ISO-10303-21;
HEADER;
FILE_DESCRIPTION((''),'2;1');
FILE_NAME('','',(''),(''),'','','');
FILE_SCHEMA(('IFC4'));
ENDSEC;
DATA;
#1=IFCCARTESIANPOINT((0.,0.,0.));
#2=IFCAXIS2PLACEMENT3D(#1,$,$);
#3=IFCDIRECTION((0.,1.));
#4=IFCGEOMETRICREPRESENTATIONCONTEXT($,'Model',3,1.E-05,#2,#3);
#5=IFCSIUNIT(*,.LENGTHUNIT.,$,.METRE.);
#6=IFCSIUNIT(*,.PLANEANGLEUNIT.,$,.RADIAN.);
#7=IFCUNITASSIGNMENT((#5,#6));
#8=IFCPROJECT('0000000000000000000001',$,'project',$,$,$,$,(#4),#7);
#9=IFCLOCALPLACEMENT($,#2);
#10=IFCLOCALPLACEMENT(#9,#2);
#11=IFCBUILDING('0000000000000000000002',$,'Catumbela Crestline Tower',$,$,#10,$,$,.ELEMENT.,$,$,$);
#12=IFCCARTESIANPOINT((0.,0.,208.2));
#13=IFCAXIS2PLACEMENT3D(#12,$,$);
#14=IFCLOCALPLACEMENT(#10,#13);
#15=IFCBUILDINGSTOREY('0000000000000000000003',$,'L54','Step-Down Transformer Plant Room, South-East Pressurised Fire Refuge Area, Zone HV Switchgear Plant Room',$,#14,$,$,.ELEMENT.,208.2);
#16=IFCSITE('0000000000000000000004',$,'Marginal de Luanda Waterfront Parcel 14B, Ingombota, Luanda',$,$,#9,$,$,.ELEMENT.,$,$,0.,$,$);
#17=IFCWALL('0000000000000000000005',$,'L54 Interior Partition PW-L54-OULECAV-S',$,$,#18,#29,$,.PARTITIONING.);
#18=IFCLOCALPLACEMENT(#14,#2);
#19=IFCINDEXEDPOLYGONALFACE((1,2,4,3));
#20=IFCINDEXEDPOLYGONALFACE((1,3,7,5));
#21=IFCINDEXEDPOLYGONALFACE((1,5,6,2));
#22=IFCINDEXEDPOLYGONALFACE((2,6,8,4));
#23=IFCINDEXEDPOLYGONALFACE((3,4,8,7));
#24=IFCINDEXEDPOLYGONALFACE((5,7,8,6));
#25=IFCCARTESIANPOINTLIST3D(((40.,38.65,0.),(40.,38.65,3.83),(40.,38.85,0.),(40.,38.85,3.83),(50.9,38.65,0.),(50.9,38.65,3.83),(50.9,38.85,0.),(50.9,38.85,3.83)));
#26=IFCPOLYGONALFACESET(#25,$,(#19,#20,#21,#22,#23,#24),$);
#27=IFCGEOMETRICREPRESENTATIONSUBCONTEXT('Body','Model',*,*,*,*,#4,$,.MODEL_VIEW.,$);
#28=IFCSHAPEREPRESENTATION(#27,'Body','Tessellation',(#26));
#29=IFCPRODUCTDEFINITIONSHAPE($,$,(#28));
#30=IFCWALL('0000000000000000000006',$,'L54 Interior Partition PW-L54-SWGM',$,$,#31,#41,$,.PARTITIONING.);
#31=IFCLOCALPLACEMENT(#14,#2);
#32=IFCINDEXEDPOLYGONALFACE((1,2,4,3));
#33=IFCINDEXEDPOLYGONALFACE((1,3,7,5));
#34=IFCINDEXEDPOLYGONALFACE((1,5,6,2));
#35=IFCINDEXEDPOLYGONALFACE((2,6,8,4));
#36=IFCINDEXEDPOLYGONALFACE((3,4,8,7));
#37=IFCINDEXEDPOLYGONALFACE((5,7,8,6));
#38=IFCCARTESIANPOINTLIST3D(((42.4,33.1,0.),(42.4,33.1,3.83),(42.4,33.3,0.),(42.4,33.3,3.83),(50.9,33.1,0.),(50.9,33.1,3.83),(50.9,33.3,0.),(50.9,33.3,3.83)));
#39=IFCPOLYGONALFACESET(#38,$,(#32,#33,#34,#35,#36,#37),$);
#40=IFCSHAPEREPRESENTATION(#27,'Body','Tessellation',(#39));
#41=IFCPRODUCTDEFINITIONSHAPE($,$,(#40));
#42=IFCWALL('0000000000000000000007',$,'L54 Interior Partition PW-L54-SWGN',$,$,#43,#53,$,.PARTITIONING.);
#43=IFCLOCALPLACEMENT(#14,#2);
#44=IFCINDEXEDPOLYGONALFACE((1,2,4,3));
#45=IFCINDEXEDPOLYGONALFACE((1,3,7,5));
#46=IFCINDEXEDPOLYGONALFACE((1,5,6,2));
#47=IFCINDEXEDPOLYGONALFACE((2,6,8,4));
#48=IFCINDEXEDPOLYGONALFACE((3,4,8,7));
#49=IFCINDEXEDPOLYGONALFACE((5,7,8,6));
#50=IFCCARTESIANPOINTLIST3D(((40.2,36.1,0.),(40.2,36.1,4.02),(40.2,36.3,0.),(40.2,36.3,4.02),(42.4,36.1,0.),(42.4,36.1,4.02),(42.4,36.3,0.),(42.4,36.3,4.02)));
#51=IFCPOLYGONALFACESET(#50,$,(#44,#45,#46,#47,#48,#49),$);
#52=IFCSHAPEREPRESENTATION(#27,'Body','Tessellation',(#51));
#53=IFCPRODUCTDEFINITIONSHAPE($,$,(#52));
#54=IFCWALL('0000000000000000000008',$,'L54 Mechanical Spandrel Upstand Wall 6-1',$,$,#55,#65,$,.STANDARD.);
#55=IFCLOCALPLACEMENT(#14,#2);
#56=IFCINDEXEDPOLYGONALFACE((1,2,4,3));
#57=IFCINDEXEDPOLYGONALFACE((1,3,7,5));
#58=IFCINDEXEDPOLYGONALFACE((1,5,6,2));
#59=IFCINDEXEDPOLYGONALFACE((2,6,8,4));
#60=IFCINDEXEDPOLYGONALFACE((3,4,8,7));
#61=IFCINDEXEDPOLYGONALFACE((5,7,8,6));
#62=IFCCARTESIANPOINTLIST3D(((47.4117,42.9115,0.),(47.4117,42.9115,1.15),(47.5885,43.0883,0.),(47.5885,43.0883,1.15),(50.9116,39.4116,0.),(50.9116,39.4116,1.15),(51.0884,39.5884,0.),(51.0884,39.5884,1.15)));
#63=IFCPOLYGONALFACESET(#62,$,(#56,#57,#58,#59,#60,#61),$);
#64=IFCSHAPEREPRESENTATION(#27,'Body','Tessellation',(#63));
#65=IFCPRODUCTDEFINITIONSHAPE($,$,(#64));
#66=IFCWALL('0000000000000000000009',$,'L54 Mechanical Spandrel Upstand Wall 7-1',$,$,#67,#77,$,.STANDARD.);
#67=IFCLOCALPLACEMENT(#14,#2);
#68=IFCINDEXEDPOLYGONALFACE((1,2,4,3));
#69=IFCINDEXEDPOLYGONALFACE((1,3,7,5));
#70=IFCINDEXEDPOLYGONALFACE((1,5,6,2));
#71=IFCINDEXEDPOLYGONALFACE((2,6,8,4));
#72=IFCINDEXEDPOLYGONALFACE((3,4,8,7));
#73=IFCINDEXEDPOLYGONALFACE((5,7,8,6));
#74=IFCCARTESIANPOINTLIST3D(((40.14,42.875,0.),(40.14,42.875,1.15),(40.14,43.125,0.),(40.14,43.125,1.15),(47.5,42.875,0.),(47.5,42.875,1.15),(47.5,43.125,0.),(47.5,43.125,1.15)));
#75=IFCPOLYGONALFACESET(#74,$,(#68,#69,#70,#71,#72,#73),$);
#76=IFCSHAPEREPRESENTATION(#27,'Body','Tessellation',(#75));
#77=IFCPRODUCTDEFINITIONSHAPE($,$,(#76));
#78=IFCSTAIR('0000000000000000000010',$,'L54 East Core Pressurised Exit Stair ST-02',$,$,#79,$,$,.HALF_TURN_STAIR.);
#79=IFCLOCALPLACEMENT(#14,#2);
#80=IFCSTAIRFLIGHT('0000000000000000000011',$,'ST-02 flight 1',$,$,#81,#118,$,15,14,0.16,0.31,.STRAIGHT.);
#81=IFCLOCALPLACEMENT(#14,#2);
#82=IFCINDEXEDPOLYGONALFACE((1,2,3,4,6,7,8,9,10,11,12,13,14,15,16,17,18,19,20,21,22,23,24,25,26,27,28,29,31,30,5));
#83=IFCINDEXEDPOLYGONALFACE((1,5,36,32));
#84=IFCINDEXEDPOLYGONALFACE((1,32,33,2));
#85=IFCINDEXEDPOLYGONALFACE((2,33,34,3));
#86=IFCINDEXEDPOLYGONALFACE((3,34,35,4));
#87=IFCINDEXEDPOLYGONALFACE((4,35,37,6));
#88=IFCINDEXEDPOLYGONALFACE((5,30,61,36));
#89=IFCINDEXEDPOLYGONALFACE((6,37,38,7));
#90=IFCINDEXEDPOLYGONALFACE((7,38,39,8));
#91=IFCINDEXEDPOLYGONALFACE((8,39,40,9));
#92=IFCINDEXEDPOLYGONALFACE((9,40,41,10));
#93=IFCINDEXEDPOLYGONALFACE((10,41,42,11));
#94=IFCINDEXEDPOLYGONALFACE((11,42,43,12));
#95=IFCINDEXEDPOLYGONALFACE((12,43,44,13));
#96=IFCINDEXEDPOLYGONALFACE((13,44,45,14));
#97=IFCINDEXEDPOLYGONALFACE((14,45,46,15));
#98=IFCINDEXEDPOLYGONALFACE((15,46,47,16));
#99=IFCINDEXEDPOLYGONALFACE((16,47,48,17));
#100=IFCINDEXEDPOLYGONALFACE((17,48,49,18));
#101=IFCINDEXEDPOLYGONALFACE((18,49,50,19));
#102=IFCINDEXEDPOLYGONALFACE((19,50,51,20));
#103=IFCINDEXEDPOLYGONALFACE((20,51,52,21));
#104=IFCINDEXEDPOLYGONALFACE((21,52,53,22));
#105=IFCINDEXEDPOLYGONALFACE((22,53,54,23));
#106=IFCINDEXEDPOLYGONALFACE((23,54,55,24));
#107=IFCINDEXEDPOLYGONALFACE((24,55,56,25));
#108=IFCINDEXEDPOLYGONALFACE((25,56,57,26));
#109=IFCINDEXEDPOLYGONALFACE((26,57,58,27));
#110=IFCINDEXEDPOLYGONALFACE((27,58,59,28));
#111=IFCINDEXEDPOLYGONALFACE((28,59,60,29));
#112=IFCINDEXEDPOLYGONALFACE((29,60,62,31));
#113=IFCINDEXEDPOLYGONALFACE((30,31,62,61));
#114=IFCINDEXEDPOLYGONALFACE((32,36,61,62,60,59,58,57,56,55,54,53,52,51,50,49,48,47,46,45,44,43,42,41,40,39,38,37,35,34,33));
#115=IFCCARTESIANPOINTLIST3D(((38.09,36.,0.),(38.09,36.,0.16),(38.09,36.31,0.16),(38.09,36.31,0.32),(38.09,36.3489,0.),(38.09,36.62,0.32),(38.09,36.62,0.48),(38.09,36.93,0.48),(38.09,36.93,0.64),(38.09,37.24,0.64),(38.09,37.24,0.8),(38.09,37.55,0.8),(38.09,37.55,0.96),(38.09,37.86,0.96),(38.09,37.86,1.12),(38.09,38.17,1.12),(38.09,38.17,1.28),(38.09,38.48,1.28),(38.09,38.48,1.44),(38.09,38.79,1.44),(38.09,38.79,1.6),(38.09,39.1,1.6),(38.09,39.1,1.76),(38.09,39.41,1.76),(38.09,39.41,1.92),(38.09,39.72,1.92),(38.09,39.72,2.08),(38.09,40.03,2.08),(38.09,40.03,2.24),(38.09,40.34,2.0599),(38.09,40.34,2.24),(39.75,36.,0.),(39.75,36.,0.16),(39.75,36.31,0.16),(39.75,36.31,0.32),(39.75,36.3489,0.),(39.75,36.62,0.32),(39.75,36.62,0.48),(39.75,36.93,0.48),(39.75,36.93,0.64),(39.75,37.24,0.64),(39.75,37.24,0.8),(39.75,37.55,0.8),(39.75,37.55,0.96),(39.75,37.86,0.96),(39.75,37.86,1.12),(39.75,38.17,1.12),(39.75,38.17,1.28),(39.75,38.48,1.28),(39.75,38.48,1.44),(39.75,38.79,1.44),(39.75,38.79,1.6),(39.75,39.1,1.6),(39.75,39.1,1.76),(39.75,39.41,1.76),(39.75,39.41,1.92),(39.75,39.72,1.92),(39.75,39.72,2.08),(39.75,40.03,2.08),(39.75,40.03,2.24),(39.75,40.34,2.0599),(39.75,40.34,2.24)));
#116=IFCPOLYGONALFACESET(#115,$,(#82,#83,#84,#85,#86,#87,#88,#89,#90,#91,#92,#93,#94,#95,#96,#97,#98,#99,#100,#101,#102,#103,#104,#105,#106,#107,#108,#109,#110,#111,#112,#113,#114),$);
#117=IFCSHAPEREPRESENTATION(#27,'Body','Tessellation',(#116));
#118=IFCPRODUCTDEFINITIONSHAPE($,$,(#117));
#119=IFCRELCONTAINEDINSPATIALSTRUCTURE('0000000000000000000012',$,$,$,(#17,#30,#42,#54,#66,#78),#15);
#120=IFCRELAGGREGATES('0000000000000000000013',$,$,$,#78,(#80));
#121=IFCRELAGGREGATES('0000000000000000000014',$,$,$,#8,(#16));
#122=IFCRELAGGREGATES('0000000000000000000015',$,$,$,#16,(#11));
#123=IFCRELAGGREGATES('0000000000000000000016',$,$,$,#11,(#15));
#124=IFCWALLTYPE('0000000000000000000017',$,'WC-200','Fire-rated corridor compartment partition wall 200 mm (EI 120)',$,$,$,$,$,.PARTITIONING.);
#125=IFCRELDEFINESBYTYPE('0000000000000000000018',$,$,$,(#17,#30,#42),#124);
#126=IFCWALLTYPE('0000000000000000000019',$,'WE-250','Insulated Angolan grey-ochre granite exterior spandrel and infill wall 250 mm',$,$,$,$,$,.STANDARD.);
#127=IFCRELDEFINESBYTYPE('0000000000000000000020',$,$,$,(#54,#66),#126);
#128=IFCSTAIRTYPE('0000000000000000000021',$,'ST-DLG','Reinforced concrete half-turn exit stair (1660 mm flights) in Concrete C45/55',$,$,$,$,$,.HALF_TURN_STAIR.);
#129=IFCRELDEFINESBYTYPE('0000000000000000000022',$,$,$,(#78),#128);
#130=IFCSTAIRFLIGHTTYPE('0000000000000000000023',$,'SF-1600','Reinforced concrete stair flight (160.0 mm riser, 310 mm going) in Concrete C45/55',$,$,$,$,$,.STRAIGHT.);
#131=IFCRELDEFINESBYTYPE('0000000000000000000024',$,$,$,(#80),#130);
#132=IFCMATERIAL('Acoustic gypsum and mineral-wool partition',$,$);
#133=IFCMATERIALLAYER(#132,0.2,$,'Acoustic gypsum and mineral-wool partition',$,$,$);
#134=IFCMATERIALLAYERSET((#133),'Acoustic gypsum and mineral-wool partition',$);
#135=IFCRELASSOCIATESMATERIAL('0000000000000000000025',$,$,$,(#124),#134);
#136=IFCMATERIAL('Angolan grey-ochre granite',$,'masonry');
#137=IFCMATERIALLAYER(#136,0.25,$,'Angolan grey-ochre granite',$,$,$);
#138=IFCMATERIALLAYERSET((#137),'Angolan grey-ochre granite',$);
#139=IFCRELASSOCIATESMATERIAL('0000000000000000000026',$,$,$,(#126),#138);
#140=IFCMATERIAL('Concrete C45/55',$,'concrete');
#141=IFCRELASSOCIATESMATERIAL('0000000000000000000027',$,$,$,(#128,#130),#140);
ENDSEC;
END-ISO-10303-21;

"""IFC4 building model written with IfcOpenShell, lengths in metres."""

from ifc_helpers import new_model, si_unit, direction, frame, frame_2d, origin, place, context, subcontext, project, spatial, polyline, rectangle, outline, extrude, material, layer, layer_set, type_object, element, aggregate, save


model = new_model("IFC4")

# Units and contexts
model_context = context("Model", 3, precision=1e-05, world=origin(), true_north=direction((0.0, 1.0)))
body_context = subcontext(model_context, "Body", "Model", "MODEL_VIEW")
ifc_project = project(units=[si_unit("LENGTHUNIT", "METRE"), si_unit("PLANEANGLEUNIT", "RADIAN")], contexts=[model_context])

# Site, building, storey
site_placement = place(None, origin())
site = spatial("IfcSite", under=ifc_project, at=site_placement, Name="Marginal de Luanda Waterfront Parcel 14B, Ingombota, Luanda", CompositionType="ELEMENT", RefElevation=0.0)
building_placement = place(site_placement, origin())
building = spatial("IfcBuilding", under=site, at=building_placement, Name="Catumbela Crestline Tower", CompositionType="ELEMENT")
storey_placement = place(building_placement, frame((0.0, 0.0, 208.2)))
storey = spatial("IfcBuildingStorey", under=building, at=storey_placement, Name="L54", Description="Step-Down Transformer Plant Room, South-East Pressurised Fire Refuge Area, Zone HV Switchgear Plant Room", CompositionType="ELEMENT", Elevation=208.2)

# Walls
ifc_material_1 = material(Name="Acoustic gypsum and mineral-wool partition")
ifc_layer_1 = layer(ifc_material_1, 0.2, Name="Acoustic gypsum and mineral-wool partition")
ifc_layer_set_1 = layer_set([ifc_layer_1], Name="Acoustic gypsum and mineral-wool partition")
wall_type_1 = type_object("IfcWallType", Name="WC-200", Description="Fire-rated corridor compartment partition wall 200 mm (EI 120)", PredefinedType="PARTITIONING", material=ifc_layer_set_1)
wall_1_placement = place(storey_placement, frame((40.0, 38.75, 0.0), z_axis=(0.0, 0.0, 1.0), x_axis=(1.0, 0.0, 0.0)))
element("IfcWall", 1, at=wall_1_placement, inside=storey, type_object=wall_type_1, Name="L54 Interior Partition PW-L54-OULECAV-S", PredefinedType="PARTITIONING", context=body_context, shape_type="SweptSolid", body=[
    extrude(rectangle(XDim=10.9, YDim=0.2, at=frame_2d((5.45, 0.0))), origin(), (0.0, 0.0, 1.0), 3.83),
])
wall_2_placement = place(storey_placement, frame((42.4, 33.2, 0.0), z_axis=(0.0, 0.0, 1.0), x_axis=(1.0, 0.0, 0.0)))
element("IfcWall", 2, at=wall_2_placement, inside=storey, type_object=wall_type_1, Name="L54 Interior Partition PW-L54-SWGM", PredefinedType="PARTITIONING", context=body_context, shape_type="SweptSolid", body=[
    extrude(rectangle(XDim=8.5, YDim=0.2, at=frame_2d((4.25, 0.0))), origin(), (0.0, 0.0, 1.0), 3.83),
])
wall_3_placement = place(storey_placement, frame((40.2, 36.2, 0.0), z_axis=(0.0, 0.0, 1.0), x_axis=(1.0, 0.0, 0.0)))
element("IfcWall", 3, at=wall_3_placement, inside=storey, type_object=wall_type_1, Name="L54 Interior Partition PW-L54-SWGN", PredefinedType="PARTITIONING", context=body_context, shape_type="SweptSolid", body=[
    extrude(rectangle(XDim=2.2, YDim=0.2, at=frame_2d((1.1, 0.0))), origin(), (0.0, 0.0, 1.0), 4.02),
])
ifc_material_2 = material(Name="Angolan grey-ochre granite", Category="masonry")
ifc_layer_2 = layer(ifc_material_2, 0.25, Name="Angolan grey-ochre granite")
ifc_layer_set_2 = layer_set([ifc_layer_2], Name="Angolan grey-ochre granite")
wall_type_2 = type_object("IfcWallType", Name="WE-250", Description="Insulated Angolan grey-ochre granite exterior spandrel and infill wall 250 mm", PredefinedType="STANDARD", material=ifc_layer_set_2)
wall_4_placement = place(storey_placement, frame((51.0, 39.5, 0.0), z_axis=(0.0, 0.0, 1.0), x_axis=(-0.707107, 0.707107, 0.0)))
element("IfcWall", 4, at=wall_4_placement, inside=storey, type_object=wall_type_2, Name="L54 Mechanical Spandrel Upstand Wall 6-1", PredefinedType="STANDARD", context=body_context, shape_type="SweptSolid", body=[
    extrude(rectangle(XDim=4.9497, YDim=0.25, at=frame_2d((2.4748, 0.0))), origin(), (0.0, 0.0, 1.0), 1.15),
])
wall_5_placement = place(storey_placement, frame((47.5, 43.0, 0.0), z_axis=(0.0, 0.0, 1.0), x_axis=(-1.0, 0.0, 0.0)))
element("IfcWall", 5, at=wall_5_placement, inside=storey, type_object=wall_type_2, Name="L54 Mechanical Spandrel Upstand Wall 7-1", PredefinedType="STANDARD", context=body_context, shape_type="SweptSolid", body=[
    extrude(rectangle(XDim=7.36, YDim=0.25, at=frame_2d((3.68, 0.0))), origin(), (0.0, 0.0, 1.0), 1.15),
])

# Stair, stair flight
ifc_material_3 = material(Name="Concrete C45/55", Category="concrete")
stair_type = type_object("IfcStairType", Name="ST-DLG", Description="Reinforced concrete half-turn exit stair (1660 mm flights) in Concrete C45/55", PredefinedType="HALF_TURN_STAIR", material=ifc_material_3)
stair_placement = place(storey_placement, origin())
stair = element("IfcStair", 6, at=stair_placement, inside=storey, type_object=stair_type, Name="L54 East Core Pressurised Exit Stair ST-02", PredefinedType="HALF_TURN_STAIR")
stair_flight_type = type_object("IfcStairFlightType", Name="SF-1600", Description="Reinforced concrete stair flight (160.0 mm riser, 310 mm going) in Concrete C45/55", PredefinedType="STRAIGHT", material=ifc_material_3)
stair_flight_placement = place(storey_placement, frame((38.92, 36.0, 0.0), z_axis=(0.0, 0.0, 1.0), x_axis=(0.0, 1.0, 0.0)))
stair_flight = element("IfcStairFlight", 7, at=stair_flight_placement, type_object=stair_flight_type, Name="ST-02 flight 1", NumberOfRisers=15, NumberOfTreads=14, PredefinedType="STRAIGHT", RiserHeight=0.16, TreadLength=0.31, context=body_context, shape_type="SweptSolid", body=[
    extrude(outline(polyline([(0.0, 0.0), (0.0, 0.16), (0.31, 0.16), (0.31, 0.32), (0.62, 0.32), (0.62, 0.48), (0.93, 0.48), (0.93, 0.64), (1.24, 0.64), (1.24, 0.8), (1.55, 0.8), (1.55, 0.96), (1.86, 0.96), (1.86, 1.12), (2.17, 1.12), (2.17, 1.28), (2.48, 1.28), (2.48, 1.44), (2.79, 1.44), (2.79, 1.6), (3.1, 1.6), (3.1, 1.76), (3.41, 1.76), (3.41, 1.92), (3.72, 1.92), (3.72, 2.08), (4.03, 2.08), (4.03, 2.24), (4.34, 2.24), (4.34, 2.4), (4.34, 2.0599), (0.3489, 0.0), (0.0, 0.0)])), frame((0.0, 0.83, 0.0), z_axis=(0.0, -1.0, 0.0), x_axis=(1.0, 0.0, 0.0)), (0.0, 0.0, 1.0), 1.66),
])
aggregate(stair, [stair_flight])

save(model, "model.ifc")
